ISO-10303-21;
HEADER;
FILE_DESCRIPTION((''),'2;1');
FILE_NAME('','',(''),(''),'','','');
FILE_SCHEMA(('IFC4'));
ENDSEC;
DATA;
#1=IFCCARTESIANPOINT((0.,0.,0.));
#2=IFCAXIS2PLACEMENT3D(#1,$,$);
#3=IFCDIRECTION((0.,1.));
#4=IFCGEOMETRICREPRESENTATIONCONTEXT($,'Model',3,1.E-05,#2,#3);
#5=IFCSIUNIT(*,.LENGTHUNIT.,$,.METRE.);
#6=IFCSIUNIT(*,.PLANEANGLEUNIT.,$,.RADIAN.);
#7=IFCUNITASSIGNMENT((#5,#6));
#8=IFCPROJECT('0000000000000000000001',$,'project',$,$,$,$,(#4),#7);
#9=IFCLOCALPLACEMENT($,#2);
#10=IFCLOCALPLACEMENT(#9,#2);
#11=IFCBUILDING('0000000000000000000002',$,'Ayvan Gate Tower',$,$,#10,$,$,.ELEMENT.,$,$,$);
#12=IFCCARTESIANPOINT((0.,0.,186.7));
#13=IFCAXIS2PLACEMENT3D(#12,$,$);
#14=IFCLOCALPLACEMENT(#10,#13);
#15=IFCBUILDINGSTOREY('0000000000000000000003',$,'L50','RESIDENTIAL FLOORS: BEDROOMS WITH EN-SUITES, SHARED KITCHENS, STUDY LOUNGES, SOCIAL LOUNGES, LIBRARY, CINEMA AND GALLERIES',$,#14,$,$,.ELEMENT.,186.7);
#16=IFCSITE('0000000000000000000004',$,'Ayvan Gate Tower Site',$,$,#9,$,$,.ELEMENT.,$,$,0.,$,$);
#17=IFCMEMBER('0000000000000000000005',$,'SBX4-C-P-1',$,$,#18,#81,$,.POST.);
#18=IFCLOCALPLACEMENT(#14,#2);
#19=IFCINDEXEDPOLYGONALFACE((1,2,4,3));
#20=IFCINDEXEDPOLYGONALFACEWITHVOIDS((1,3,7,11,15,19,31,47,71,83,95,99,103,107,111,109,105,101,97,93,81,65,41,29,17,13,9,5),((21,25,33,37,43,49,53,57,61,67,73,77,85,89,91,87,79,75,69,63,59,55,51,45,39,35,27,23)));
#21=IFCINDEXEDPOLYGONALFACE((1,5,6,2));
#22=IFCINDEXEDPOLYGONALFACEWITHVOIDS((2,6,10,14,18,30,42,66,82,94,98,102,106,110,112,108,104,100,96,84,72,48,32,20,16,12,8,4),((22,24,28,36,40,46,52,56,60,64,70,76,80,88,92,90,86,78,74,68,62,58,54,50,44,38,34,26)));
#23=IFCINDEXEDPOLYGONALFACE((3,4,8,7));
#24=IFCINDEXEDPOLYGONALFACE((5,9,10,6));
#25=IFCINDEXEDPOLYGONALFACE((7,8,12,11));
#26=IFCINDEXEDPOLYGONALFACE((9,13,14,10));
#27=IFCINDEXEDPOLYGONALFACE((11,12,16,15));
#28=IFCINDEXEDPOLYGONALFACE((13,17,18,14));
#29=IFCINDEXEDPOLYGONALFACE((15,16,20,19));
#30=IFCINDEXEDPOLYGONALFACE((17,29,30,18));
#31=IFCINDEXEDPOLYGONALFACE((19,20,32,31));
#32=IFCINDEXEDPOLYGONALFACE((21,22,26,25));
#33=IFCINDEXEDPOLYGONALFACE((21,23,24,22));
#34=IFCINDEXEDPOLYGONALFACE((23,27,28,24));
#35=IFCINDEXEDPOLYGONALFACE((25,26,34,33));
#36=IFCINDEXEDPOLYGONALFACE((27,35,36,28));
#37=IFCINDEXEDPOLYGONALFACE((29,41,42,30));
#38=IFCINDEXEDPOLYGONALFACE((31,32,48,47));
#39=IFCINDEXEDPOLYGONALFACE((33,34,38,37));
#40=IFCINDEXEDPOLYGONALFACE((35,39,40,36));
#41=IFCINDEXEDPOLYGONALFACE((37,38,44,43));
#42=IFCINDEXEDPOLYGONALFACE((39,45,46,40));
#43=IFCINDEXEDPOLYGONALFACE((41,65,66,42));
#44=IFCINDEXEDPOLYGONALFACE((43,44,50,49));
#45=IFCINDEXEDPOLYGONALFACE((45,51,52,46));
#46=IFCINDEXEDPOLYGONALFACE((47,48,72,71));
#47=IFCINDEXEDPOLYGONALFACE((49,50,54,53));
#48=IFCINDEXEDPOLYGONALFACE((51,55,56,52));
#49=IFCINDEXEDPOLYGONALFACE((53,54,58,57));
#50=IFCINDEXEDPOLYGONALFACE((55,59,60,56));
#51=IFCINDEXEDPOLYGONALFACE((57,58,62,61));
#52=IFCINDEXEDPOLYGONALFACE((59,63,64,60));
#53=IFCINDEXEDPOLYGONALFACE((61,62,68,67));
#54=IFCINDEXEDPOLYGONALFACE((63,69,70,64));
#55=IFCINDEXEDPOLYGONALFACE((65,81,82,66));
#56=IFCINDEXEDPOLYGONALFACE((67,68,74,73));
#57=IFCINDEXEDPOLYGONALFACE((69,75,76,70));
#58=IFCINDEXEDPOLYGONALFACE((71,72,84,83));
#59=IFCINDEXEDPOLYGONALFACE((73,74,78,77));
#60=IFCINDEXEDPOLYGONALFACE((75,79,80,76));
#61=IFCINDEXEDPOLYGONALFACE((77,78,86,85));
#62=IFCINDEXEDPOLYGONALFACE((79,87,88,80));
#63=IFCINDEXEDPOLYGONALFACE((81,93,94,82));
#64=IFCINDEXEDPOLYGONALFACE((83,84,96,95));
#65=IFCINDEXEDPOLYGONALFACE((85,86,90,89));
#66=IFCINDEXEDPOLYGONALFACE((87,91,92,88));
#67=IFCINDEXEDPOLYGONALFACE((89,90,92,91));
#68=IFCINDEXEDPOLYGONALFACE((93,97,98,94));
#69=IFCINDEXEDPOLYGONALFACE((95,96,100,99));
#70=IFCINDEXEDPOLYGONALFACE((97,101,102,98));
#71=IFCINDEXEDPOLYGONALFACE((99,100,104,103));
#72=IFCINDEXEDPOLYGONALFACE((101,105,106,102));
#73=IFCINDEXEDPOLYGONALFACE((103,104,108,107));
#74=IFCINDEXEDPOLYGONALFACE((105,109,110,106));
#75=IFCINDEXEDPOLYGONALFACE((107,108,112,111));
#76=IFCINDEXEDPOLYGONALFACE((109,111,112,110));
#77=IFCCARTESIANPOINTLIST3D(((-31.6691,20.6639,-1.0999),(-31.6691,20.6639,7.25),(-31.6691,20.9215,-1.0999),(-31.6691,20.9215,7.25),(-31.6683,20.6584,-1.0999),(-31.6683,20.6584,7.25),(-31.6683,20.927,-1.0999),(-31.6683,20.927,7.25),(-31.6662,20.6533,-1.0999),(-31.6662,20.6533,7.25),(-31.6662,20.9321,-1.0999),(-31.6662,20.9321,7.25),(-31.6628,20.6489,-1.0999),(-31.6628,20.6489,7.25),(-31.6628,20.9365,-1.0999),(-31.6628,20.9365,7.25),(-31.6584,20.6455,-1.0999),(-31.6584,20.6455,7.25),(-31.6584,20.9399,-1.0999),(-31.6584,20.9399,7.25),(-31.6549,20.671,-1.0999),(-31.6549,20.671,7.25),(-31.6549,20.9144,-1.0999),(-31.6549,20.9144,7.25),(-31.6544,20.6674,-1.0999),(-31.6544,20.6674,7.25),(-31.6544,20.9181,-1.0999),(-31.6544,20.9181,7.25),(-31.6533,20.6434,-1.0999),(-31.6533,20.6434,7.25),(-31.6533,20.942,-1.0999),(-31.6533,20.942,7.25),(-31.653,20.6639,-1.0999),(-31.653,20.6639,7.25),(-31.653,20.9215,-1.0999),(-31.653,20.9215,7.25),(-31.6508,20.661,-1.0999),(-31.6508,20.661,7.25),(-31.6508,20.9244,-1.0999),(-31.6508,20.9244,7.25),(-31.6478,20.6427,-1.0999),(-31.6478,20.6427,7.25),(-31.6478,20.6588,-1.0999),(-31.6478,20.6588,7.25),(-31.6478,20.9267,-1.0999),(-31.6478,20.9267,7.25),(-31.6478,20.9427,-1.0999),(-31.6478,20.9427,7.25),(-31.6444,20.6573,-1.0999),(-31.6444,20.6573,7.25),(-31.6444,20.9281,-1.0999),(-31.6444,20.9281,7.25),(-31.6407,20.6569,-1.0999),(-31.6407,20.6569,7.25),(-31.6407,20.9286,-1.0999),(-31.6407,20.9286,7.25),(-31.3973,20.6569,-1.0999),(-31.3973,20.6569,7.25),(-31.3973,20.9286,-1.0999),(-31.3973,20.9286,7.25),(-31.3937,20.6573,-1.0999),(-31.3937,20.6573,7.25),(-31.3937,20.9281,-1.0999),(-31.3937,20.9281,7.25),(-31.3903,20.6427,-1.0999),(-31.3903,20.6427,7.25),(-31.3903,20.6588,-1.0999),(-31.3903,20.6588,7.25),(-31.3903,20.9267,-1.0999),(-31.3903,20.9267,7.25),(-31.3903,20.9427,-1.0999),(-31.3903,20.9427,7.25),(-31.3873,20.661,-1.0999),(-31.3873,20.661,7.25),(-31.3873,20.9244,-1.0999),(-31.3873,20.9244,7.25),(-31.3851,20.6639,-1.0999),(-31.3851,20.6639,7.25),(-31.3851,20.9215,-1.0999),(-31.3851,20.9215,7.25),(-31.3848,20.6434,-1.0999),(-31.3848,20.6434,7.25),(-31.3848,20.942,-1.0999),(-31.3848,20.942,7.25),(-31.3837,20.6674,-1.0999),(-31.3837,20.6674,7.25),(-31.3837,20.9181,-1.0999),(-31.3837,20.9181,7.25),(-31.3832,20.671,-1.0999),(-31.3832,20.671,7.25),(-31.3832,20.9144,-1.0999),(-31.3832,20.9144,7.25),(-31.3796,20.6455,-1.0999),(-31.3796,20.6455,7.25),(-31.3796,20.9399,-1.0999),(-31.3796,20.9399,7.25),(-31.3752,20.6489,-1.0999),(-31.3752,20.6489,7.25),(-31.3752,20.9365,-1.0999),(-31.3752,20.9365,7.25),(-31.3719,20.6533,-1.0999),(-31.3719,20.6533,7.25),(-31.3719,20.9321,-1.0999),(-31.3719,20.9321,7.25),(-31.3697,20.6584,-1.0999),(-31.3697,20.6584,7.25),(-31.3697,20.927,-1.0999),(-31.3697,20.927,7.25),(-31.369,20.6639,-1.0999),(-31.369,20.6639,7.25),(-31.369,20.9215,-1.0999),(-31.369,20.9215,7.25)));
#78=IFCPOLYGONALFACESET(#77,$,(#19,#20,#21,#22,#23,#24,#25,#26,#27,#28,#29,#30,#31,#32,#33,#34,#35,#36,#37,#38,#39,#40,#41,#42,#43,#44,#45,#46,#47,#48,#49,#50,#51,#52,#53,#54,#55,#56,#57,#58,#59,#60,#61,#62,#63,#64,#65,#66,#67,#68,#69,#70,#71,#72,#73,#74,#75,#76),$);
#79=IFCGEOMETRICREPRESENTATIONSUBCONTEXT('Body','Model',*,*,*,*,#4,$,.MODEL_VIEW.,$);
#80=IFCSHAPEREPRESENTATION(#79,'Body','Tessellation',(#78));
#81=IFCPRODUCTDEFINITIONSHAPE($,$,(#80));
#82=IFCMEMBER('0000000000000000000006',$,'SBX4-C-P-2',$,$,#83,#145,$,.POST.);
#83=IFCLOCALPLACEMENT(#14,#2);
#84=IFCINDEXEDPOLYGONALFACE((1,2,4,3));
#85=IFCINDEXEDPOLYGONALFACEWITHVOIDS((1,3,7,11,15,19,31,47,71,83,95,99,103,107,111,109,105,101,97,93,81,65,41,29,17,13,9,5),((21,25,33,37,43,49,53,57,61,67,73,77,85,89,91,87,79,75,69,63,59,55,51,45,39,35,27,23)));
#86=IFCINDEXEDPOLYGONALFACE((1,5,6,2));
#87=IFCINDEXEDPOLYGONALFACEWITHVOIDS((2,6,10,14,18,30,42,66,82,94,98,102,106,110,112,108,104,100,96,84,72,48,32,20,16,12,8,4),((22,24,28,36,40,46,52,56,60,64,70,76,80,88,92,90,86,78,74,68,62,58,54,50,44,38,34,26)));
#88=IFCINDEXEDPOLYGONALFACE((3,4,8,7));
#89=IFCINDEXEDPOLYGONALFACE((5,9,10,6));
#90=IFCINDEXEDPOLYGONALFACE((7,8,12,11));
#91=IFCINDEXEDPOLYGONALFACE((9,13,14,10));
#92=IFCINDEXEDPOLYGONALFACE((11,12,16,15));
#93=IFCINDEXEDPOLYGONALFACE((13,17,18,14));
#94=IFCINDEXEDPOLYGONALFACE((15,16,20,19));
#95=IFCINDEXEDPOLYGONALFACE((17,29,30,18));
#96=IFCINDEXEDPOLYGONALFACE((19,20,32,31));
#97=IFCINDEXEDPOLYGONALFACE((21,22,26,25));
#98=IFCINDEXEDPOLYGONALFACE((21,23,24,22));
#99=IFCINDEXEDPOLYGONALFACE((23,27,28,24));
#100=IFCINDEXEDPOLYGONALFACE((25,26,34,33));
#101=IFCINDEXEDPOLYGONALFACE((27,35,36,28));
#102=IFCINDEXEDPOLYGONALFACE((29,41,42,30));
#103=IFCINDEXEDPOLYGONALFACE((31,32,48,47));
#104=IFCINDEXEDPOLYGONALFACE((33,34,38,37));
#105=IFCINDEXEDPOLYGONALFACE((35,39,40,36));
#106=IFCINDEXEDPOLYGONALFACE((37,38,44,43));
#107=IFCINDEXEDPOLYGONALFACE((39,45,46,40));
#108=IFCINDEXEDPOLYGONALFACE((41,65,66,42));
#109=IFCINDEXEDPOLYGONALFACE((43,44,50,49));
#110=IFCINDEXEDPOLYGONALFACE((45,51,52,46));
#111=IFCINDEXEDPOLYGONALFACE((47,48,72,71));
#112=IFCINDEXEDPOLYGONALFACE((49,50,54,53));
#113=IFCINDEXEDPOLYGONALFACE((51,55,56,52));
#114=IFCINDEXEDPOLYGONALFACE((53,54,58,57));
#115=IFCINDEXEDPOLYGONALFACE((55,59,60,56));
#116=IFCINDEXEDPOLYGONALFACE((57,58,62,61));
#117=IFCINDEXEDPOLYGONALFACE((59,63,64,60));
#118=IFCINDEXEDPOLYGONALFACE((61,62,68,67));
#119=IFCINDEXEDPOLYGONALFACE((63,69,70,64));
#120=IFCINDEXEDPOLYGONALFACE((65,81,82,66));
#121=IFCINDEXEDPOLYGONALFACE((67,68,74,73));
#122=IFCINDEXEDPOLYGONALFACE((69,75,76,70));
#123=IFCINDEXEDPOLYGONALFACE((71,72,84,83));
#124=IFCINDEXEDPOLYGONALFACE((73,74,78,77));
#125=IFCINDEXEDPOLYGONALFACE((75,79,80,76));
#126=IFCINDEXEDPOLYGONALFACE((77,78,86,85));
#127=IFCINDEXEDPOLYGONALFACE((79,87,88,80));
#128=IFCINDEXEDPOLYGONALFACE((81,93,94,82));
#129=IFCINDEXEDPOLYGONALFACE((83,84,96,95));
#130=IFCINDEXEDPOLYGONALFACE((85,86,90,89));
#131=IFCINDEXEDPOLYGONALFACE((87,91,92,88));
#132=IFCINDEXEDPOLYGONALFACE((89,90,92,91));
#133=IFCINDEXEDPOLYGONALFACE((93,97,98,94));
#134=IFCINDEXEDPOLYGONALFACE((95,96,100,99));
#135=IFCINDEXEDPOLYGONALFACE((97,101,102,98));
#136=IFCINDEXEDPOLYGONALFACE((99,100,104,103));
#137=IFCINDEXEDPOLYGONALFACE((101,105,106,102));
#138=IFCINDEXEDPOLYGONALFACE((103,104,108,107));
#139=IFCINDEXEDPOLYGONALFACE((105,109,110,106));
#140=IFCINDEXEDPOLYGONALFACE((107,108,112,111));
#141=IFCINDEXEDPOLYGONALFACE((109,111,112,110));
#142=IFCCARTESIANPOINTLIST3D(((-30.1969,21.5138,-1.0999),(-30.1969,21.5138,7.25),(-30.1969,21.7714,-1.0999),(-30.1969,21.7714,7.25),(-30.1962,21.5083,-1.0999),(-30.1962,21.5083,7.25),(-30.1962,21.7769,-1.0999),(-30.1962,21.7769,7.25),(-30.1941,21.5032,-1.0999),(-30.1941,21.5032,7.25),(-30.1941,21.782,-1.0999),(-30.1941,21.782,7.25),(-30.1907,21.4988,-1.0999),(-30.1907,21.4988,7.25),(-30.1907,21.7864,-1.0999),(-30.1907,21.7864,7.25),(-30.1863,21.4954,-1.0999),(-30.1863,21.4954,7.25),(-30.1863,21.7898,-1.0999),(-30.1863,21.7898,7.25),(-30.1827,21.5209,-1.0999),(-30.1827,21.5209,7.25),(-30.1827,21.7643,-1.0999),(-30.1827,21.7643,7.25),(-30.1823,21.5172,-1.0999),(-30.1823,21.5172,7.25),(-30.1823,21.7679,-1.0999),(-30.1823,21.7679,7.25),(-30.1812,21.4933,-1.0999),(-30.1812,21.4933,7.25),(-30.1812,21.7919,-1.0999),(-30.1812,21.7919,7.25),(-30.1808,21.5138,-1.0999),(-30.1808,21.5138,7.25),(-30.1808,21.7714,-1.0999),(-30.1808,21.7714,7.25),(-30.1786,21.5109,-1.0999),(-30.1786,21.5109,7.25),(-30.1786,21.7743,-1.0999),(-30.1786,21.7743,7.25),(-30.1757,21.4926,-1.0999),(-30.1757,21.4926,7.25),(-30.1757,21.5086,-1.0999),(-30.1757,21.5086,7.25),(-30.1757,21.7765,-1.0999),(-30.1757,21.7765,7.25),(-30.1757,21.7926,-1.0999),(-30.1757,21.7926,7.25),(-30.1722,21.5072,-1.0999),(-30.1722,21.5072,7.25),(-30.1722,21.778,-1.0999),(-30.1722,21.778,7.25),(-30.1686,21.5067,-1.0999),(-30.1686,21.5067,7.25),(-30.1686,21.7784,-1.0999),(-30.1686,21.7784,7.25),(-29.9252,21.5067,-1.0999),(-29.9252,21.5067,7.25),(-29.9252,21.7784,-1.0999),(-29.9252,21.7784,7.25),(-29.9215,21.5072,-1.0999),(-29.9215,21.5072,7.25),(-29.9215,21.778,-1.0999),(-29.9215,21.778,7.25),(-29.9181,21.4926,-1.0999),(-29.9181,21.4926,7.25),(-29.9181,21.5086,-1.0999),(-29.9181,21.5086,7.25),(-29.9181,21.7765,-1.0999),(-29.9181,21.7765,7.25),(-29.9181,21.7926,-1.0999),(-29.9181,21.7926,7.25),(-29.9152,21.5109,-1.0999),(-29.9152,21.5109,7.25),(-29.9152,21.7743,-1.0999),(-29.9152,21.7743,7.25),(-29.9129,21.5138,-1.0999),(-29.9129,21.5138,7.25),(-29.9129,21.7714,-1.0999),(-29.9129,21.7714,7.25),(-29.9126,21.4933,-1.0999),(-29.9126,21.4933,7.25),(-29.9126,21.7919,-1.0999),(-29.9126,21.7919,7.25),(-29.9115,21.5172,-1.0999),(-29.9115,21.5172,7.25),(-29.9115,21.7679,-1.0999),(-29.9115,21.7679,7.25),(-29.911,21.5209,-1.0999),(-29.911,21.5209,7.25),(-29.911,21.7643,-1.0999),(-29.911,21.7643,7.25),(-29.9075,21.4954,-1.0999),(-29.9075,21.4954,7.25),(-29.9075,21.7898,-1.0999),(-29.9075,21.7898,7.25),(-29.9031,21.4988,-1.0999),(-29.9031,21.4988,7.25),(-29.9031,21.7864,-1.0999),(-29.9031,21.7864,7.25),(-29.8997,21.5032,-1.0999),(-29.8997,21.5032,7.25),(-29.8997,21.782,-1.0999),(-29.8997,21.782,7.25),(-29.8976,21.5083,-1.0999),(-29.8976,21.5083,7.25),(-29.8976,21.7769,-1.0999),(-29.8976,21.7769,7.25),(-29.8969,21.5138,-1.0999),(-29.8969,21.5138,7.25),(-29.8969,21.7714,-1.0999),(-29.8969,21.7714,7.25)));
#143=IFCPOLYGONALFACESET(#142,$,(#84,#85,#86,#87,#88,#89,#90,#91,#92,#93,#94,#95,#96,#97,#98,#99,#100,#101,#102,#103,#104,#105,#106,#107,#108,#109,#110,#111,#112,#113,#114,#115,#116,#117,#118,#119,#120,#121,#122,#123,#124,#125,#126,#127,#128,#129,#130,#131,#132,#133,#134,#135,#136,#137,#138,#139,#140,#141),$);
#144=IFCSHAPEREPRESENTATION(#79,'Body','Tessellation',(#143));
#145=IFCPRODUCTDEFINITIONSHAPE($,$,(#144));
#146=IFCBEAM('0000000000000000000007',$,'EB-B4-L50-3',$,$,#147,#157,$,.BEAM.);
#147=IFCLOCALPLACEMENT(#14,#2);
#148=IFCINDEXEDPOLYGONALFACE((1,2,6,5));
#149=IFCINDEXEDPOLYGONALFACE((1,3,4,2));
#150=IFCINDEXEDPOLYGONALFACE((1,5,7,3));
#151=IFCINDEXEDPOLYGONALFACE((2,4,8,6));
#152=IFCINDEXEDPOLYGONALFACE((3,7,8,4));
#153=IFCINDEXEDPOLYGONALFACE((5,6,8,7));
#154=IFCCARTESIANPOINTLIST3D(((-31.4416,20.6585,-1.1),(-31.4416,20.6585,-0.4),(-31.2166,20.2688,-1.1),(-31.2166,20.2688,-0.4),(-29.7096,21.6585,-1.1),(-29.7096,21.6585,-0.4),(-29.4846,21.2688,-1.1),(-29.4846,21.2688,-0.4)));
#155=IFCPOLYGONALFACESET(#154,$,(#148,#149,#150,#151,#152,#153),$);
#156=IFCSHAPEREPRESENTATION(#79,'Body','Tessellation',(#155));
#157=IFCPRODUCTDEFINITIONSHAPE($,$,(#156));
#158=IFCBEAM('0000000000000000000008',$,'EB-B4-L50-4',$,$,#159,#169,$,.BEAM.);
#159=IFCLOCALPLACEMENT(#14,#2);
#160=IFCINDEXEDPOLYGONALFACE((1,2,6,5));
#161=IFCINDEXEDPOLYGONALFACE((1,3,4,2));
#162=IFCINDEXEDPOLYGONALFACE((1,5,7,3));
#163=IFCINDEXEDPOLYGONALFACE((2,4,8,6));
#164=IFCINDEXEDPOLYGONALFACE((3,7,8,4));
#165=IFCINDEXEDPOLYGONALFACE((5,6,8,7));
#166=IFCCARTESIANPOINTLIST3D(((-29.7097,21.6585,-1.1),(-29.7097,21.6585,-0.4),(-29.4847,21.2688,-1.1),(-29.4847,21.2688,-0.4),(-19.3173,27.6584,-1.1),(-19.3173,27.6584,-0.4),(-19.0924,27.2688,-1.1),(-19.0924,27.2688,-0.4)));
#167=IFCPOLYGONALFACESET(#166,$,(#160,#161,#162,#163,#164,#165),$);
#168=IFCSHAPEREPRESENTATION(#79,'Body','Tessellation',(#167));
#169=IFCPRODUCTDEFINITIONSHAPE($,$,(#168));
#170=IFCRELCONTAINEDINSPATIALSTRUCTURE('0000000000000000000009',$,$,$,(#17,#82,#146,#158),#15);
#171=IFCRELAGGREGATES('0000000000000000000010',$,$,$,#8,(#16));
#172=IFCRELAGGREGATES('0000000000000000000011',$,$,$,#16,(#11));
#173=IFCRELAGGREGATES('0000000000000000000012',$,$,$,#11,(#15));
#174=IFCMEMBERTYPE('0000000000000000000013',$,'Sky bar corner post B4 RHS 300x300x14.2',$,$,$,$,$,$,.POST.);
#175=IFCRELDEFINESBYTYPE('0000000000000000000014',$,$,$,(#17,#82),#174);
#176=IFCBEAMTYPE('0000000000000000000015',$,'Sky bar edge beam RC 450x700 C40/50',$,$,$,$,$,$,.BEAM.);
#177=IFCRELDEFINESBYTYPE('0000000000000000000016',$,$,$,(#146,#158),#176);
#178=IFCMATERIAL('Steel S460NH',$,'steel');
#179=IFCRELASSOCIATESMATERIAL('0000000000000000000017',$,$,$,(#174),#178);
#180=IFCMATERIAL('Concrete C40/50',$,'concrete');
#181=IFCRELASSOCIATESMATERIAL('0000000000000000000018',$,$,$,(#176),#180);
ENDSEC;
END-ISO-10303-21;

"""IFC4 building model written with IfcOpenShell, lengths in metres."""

from ifc_helpers import new_model, si_unit, direction, frame, origin, origin_2d, place, context, subcontext, project, spatial, rectangle, hollow_rectangle, extrude, material, material_profile, profile_set, type_object, element, save


model = new_model("IFC4")

# Units and contexts
model_context = context("Model", 3, precision=1e-05, world=origin(), true_north=direction((0.0, 1.0)))
body_context = subcontext(model_context, "Body", "Model", "MODEL_VIEW")
ifc_project = project(units=[si_unit("LENGTHUNIT", "METRE"), si_unit("PLANEANGLEUNIT", "RADIAN")], contexts=[model_context])

# Site, building, storey
site_placement = place(None, origin())
site = spatial("IfcSite", under=ifc_project, at=site_placement, Name="Ayvan Gate Tower Site", CompositionType="ELEMENT", RefElevation=0.0)
building_placement = place(site_placement, origin())
building = spatial("IfcBuilding", under=site, at=building_placement, Name="Ayvan Gate Tower", CompositionType="ELEMENT")
storey_placement = place(building_placement, frame((0.0, 0.0, 186.7)))
storey = spatial("IfcBuildingStorey", under=building, at=storey_placement, Name="L50", Description="RESIDENTIAL FLOORS: BEDROOMS WITH EN-SUITES, SHARED KITCHENS, STUDY LOUNGES, SOCIAL LOUNGES, LIBRARY, CINEMA AND GALLERIES", CompositionType="ELEMENT", Elevation=186.7)

# Members
ifc_material_1 = material(Name="Steel S460NH", Category="steel")
ifc_material_profile_1 = material_profile(ifc_material_1, hollow_rectangle(XDim=0.3, YDim=0.3, WallThickness=0.0142, InnerFilletRadius=0.0142, OuterFilletRadius=0.0212, at=origin_2d()), Name="RHS 300x300x14.2")
ifc_profile_set_1 = profile_set([ifc_material_profile_1], Name="Steel S460NH")
member_type_1 = type_object("IfcMemberType", Name="Sky bar corner post B4 RHS 300x300x14.2", PredefinedType="POST", material=ifc_profile_set_1)
for number, where, z_axis, x_axis, name in (
    (1, (-31.519, 20.7927, -1.0999), (0.0, 0.0, 1.0), (1.0, 0.0, 0.0), "SBX4-C-P-1"),
    (2, (-30.0469, 21.6426, -1.0999), (0.0, 0.0, 1.0), (1.0, 0.0, 0.0), "SBX4-C-P-2"),
):
    element("IfcMember", number, at=place(storey_placement, frame(where, z_axis=z_axis, x_axis=x_axis)), inside=storey, type_object=member_type_1, Name=name, PredefinedType="POST", context=body_context, shape_type="SweptSolid", body=[
        extrude(hollow_rectangle(XDim=0.3, YDim=0.3, WallThickness=0.0142, InnerFilletRadius=0.0142, OuterFilletRadius=0.0212, at=origin_2d()), origin(), (0.0, 0.0, 1.0), 8.3499),
    ])

# Beams
ifc_material_2 = material(Name="Concrete C40/50", Category="concrete")
ifc_material_profile_2 = material_profile(ifc_material_2, rectangle(XDim=0.45, YDim=0.7, at=origin_2d()), Name="RC 450x700")
ifc_profile_set_2 = profile_set([ifc_material_profile_2], Name="Concrete C40/50")
beam_type = type_object("IfcBeamType", Name="Sky bar edge beam RC 450x700 C40/50", PredefinedType="BEAM", material=ifc_profile_set_2)
beam_1_placement = place(storey_placement, frame((-31.3291, 20.4636, -0.75), z_axis=(0.866011, 0.500025, 0.0), x_axis=(-0.500025, 0.866011, 0.0)))
element("IfcBeam", 3, at=beam_1_placement, inside=storey, type_object=beam_type, Name="EB-B4-L50-3", PredefinedType="BEAM", context=body_context, shape_type="SweptSolid", body=[
    extrude(rectangle(XDim=0.45, YDim=0.7, at=origin_2d()), origin(), (0.0, 0.0, 1.0), 2.0),
])
beam_2_placement = place(storey_placement, frame((-29.5972, 21.4636, -0.75), z_axis=(0.866026, 0.499999, 0.0), x_axis=(-0.499999, 0.866026, 0.0)))
element("IfcBeam", 4, at=beam_2_placement, inside=storey, type_object=beam_type, Name="EB-B4-L50-4", PredefinedType="BEAM", context=body_context, shape_type="SweptSolid", body=[
    extrude(rectangle(XDim=0.45, YDim=0.7, at=origin_2d()), origin(), (0.0, 0.0, 1.0), 12.0),
])

save(model, "model.ifc")
